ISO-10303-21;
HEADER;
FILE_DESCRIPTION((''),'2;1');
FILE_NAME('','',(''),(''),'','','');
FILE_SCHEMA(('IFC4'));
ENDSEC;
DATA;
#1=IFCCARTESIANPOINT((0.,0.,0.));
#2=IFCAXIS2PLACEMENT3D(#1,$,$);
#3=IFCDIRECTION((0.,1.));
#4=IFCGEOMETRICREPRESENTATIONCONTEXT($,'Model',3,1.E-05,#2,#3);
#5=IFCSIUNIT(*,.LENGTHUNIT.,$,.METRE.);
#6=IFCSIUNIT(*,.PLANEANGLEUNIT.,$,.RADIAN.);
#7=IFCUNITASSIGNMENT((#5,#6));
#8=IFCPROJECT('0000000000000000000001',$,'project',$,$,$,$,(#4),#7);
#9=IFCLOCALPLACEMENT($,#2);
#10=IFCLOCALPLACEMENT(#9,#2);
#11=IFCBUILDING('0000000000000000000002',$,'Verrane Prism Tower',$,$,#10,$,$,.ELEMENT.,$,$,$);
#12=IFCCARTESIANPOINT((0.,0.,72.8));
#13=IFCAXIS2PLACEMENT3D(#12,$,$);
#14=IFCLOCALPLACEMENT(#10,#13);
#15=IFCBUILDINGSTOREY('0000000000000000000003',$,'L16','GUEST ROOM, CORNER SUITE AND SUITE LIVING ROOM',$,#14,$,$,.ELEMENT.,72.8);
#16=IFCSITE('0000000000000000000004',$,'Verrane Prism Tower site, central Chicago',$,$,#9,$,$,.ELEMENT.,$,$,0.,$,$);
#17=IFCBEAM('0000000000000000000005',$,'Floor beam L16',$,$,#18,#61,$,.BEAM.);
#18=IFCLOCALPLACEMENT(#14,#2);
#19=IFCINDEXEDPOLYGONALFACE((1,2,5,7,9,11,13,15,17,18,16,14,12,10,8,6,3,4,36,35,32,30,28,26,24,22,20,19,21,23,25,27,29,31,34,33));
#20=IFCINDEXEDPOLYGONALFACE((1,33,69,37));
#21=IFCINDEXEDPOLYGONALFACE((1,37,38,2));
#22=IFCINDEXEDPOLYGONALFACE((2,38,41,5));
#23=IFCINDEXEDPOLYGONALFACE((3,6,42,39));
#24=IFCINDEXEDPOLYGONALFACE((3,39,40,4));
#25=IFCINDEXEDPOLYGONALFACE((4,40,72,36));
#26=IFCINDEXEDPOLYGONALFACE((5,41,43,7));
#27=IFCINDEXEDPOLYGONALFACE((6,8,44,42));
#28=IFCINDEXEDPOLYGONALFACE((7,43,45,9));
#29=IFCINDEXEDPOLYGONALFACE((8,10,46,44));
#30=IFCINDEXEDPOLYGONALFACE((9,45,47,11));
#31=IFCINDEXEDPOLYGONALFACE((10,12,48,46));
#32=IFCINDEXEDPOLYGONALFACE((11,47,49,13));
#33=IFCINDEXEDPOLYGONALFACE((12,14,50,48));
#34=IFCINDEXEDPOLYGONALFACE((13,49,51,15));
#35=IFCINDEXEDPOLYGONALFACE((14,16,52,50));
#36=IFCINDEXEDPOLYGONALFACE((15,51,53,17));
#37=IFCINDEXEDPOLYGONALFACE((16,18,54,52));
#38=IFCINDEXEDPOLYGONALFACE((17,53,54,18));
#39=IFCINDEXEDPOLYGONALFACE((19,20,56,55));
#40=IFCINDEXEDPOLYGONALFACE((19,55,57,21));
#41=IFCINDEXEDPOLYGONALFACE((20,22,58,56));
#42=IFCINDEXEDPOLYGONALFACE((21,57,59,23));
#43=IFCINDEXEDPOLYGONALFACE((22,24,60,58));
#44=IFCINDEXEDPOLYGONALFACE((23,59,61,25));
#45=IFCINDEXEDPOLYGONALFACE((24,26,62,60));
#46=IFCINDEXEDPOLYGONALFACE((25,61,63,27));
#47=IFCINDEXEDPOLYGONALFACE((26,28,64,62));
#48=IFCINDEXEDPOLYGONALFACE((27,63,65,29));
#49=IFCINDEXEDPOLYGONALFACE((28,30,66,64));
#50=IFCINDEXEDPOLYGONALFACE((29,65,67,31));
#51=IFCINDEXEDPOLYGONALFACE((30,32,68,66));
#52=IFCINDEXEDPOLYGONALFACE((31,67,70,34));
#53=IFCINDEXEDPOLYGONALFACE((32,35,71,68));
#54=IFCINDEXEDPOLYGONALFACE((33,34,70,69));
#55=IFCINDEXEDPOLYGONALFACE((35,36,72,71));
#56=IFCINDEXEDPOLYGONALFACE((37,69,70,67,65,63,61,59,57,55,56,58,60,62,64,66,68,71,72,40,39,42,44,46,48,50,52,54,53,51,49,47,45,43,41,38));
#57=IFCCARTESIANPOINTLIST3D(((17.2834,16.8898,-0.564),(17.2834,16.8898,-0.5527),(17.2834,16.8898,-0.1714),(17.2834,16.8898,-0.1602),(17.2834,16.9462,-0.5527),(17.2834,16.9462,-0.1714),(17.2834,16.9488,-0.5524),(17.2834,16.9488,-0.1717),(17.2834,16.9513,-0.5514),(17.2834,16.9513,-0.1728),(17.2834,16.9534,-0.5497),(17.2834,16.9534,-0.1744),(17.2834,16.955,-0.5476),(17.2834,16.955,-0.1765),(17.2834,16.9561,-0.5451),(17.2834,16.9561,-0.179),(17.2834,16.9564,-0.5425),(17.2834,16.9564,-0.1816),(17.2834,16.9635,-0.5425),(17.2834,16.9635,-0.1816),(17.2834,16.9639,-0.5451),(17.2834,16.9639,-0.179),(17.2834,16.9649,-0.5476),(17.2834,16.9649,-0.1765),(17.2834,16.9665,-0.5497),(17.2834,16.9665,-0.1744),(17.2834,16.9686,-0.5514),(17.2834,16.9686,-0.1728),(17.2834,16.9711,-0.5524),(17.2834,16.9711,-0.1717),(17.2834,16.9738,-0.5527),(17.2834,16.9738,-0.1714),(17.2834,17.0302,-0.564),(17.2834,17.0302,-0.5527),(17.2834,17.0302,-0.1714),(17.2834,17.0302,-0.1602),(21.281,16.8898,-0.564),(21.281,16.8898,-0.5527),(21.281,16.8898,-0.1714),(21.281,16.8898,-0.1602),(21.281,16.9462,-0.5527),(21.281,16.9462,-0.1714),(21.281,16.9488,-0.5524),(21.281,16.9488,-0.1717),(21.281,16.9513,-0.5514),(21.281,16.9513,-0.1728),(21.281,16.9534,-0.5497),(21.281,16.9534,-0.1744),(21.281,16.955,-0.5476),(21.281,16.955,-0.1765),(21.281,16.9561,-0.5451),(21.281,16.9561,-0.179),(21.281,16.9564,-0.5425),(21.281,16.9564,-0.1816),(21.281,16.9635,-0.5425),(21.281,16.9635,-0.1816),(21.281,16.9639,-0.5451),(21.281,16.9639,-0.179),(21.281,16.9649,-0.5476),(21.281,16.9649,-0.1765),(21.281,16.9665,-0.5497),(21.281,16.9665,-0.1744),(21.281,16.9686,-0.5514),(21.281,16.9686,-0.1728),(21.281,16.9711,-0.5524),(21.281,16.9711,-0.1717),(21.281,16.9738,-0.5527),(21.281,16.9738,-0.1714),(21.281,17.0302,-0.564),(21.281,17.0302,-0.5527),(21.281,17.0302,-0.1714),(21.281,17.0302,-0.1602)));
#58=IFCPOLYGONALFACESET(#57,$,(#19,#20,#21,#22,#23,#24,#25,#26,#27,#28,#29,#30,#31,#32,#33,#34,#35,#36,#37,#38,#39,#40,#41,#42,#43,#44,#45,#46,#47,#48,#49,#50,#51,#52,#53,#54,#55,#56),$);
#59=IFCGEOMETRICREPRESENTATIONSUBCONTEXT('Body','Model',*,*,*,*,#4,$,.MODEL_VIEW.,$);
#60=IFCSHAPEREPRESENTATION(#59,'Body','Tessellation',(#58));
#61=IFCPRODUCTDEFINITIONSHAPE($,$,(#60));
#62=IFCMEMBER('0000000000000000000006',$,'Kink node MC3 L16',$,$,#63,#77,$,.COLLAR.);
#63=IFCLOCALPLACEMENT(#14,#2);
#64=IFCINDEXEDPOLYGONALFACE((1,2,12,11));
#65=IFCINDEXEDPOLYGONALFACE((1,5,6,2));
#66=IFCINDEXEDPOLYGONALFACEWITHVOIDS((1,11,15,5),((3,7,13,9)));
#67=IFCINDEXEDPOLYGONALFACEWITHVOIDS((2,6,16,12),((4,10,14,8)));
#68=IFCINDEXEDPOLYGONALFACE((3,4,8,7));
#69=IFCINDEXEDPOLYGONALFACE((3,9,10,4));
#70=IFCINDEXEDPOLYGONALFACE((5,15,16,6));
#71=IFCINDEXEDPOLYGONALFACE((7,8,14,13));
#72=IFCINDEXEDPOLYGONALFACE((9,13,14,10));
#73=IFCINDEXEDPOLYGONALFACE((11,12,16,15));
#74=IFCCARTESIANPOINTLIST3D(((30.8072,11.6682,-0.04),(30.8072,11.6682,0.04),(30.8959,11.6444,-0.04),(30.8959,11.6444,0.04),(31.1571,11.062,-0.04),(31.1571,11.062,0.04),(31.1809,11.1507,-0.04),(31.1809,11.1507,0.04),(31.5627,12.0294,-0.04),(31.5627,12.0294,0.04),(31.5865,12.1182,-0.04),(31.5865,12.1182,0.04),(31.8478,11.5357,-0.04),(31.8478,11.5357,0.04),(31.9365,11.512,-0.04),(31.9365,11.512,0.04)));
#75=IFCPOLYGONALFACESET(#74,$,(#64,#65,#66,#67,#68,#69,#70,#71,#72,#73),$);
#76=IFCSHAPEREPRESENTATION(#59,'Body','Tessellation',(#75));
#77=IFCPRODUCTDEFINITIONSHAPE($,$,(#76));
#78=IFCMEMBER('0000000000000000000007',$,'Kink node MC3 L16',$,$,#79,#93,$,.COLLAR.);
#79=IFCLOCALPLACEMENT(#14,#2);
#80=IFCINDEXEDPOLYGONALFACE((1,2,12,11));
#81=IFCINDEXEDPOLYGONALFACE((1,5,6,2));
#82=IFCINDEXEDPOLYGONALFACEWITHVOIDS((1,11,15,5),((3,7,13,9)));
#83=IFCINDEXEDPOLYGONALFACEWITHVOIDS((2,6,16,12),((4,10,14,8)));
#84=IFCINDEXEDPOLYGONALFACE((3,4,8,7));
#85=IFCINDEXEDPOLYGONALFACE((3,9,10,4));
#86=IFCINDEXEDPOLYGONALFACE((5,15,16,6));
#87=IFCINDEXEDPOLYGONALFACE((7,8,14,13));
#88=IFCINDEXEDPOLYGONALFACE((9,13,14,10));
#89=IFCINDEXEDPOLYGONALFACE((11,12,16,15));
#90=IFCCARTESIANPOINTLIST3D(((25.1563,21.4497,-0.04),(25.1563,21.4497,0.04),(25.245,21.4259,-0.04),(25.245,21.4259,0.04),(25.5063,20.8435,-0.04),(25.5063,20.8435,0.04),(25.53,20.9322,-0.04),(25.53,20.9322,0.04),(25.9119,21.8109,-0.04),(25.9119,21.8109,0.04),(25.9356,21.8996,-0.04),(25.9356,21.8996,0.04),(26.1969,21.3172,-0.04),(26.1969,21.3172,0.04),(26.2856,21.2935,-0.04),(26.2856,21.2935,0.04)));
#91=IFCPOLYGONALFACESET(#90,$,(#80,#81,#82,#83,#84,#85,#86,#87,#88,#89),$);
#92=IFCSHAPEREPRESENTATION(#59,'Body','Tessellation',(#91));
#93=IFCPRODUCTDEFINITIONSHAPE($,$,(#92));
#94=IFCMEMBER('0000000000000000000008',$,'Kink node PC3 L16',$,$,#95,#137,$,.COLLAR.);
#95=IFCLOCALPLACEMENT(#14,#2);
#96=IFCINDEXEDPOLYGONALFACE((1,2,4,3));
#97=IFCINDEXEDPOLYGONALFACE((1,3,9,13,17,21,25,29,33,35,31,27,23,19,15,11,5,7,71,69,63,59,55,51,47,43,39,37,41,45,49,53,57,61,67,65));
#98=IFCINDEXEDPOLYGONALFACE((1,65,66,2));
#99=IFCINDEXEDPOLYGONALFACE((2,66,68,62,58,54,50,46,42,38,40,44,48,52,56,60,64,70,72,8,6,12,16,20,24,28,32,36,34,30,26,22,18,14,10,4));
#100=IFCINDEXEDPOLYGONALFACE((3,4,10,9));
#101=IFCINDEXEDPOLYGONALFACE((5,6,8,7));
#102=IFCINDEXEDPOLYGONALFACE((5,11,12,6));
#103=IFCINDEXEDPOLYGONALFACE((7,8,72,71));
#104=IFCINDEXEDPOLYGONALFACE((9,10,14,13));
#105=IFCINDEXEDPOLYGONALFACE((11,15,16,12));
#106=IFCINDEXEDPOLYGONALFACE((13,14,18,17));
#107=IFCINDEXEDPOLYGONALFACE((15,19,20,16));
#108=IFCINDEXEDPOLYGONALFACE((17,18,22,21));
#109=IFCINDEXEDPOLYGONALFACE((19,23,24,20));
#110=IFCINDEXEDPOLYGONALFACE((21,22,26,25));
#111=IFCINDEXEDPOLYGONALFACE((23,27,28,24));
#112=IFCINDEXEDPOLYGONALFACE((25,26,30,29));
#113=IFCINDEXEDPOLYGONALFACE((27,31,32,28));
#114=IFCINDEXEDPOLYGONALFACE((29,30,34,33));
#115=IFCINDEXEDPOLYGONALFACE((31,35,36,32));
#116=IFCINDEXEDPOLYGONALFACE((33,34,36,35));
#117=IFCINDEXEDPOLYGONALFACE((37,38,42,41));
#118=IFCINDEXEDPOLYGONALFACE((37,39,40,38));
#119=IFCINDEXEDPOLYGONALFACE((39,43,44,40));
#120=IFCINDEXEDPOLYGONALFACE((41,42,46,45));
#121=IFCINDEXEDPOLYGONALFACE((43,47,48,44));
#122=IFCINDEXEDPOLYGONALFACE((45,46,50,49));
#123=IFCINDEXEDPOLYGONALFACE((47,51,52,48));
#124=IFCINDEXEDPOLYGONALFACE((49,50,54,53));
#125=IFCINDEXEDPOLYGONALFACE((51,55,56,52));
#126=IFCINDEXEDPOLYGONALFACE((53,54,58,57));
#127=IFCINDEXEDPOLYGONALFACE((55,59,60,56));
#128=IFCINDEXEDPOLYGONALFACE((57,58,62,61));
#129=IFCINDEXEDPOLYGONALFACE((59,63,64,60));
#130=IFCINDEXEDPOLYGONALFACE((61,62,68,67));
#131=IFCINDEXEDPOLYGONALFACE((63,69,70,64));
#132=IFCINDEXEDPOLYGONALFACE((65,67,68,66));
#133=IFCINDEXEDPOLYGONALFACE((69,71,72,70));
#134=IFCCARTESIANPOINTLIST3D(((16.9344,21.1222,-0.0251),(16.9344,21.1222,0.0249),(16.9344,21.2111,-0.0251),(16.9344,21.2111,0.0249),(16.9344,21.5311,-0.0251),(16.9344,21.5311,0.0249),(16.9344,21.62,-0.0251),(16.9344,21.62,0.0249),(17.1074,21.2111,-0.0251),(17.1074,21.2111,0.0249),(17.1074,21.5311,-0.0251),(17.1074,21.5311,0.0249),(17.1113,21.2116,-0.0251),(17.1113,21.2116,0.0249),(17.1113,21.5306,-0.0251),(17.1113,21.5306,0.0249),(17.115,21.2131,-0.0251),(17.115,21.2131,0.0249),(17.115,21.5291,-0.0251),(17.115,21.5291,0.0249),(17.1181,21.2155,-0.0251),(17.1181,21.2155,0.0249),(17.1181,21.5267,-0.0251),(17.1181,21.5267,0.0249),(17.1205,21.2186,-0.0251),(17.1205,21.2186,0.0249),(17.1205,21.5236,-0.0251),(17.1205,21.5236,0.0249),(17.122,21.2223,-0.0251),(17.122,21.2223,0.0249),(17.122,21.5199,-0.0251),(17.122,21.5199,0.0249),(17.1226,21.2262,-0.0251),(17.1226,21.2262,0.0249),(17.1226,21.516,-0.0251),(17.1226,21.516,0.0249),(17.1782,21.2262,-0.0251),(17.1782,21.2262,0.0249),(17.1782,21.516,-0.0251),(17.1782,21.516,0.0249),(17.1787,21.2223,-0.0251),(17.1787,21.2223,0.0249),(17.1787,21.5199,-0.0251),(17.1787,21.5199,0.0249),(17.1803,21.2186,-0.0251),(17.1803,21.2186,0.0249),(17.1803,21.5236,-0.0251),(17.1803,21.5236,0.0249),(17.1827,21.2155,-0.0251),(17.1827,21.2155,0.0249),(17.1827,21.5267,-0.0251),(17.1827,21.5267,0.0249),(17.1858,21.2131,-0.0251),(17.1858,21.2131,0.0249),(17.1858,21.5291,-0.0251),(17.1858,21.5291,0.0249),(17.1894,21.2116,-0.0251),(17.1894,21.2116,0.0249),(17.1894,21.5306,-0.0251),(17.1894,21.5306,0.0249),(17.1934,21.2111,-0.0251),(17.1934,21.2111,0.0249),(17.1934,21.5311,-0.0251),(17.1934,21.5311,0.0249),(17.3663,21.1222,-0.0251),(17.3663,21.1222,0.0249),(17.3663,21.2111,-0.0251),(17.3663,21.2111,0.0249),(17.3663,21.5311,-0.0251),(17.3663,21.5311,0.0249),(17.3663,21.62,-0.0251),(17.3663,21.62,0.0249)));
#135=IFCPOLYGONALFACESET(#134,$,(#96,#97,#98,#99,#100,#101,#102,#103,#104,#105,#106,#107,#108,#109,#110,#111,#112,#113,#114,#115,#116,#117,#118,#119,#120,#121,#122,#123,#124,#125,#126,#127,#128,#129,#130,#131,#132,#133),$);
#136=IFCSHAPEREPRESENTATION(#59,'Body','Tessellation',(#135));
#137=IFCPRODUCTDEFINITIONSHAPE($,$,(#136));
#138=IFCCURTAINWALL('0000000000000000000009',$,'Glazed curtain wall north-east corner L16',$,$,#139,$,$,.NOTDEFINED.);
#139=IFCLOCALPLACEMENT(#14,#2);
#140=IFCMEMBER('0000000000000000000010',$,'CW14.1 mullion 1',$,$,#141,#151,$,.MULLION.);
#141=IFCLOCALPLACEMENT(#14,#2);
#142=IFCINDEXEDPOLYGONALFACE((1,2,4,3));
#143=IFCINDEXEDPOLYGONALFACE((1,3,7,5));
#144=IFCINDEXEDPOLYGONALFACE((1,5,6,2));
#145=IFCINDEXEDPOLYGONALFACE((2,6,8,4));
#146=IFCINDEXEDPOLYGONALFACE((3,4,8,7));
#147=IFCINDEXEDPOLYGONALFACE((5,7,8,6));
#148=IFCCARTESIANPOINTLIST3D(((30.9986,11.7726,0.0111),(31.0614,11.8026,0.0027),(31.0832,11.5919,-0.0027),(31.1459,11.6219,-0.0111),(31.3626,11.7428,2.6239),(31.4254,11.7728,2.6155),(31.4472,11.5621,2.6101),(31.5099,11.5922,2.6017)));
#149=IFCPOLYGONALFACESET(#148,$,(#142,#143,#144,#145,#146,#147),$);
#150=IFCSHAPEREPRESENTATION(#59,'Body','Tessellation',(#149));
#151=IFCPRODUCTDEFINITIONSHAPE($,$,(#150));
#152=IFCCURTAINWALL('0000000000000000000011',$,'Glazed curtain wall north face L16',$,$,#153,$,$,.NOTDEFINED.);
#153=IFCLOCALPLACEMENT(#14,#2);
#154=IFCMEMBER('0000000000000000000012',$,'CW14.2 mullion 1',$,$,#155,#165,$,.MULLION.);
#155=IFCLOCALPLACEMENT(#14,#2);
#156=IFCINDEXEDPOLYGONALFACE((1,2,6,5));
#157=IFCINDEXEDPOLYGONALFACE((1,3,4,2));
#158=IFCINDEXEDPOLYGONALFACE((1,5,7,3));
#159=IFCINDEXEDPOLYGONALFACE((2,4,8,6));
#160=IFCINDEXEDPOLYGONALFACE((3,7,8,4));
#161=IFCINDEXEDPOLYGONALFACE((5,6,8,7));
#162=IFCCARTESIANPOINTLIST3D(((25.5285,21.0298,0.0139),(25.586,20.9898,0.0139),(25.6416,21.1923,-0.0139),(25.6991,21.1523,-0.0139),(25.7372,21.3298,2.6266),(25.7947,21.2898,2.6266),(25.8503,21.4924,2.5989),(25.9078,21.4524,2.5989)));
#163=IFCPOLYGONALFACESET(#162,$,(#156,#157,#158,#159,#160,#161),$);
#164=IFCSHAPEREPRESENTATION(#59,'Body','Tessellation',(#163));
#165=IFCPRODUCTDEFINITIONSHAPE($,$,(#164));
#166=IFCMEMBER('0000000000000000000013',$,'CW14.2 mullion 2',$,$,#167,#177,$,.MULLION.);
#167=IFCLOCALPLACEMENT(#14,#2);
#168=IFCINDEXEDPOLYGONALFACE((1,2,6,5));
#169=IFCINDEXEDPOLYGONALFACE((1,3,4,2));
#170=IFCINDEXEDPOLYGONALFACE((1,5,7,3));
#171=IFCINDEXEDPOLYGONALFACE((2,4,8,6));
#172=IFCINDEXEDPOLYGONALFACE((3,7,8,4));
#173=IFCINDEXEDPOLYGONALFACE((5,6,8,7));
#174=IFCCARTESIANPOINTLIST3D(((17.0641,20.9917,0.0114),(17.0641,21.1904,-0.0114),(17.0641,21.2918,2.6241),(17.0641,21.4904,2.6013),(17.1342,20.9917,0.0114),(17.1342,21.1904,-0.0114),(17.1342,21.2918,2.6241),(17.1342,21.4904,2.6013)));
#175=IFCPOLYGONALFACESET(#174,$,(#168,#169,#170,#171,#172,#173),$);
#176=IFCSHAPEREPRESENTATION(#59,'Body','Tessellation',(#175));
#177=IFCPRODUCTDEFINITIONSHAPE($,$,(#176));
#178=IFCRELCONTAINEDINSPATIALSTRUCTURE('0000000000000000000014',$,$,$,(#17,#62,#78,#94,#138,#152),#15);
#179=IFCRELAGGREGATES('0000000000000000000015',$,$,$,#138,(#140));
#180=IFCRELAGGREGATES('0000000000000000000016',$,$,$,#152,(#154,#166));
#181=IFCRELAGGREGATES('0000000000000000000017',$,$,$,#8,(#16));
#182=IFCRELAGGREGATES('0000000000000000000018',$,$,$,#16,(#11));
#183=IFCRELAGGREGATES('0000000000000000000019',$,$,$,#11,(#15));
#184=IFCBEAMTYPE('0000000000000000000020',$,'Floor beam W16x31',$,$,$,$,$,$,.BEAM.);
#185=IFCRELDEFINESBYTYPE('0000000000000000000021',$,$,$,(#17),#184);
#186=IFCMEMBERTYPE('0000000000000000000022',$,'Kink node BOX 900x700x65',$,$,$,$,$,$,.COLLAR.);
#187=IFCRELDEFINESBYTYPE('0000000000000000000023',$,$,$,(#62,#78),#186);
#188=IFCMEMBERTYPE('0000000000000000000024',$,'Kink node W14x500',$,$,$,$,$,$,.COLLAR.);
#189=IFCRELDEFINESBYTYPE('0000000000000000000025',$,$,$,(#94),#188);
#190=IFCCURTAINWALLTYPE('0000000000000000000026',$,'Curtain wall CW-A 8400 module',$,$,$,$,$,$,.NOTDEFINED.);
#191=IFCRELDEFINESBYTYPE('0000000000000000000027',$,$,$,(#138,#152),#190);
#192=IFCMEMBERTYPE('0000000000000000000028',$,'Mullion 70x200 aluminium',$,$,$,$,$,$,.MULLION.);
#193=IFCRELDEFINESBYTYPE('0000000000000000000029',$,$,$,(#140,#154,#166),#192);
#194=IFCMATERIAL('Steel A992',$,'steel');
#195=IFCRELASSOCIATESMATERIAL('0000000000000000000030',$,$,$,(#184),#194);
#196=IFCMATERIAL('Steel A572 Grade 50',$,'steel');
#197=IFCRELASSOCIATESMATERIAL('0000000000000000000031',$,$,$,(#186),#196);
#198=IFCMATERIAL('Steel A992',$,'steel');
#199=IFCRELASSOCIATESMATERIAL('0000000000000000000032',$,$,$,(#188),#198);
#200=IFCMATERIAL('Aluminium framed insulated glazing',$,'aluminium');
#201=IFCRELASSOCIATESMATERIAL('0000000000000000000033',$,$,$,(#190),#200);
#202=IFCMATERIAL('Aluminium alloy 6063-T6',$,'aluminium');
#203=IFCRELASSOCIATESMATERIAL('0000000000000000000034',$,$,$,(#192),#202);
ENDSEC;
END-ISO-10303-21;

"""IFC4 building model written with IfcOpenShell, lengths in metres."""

from ifc_helpers import new_model, si_unit, direction, frame, origin, origin_2d, place, context, subcontext, project, spatial, rectangle, hollow_rectangle, i_section, extrude, material, material_profile, profile_set, type_object, element, aggregate, save


model = new_model("IFC4")

# Units and contexts
model_context = context("Model", 3, precision=1e-05, world=origin(), true_north=direction((0.0, 1.0)))
body_context = subcontext(model_context, "Body", "Model", "MODEL_VIEW")
ifc_project = project(units=[si_unit("LENGTHUNIT", "METRE"), si_unit("PLANEANGLEUNIT", "RADIAN")], contexts=[model_context])

# Site, building, storey
site_placement = place(None, origin())
site = spatial("IfcSite", under=ifc_project, at=site_placement, Name="Verrane Prism Tower site, central Chicago", CompositionType="ELEMENT", RefElevation=0.0)
building_placement = place(site_placement, origin())
building = spatial("IfcBuilding", under=site, at=building_placement, Name="Verrane Prism Tower", CompositionType="ELEMENT")
storey_placement = place(building_placement, frame((0.0, 0.0, 72.8)))
storey = spatial("IfcBuildingStorey", under=building, at=storey_placement, Name="L16", Description="GUEST ROOM, CORNER SUITE AND SUITE LIVING ROOM", CompositionType="ELEMENT", Elevation=72.8)

# Beam
ifc_material_1 = material(Name="Steel A992", Category="steel")
ifc_material_profile_1 = material_profile(ifc_material_1, i_section(OverallWidth=0.1404, OverallDepth=0.4038, WebThickness=0.0071, FlangeThickness=0.0112, FilletRadius=0.0103, at=origin_2d()), Name="W16x31")
ifc_profile_set_1 = profile_set([ifc_material_profile_1], Name="Steel A992")
beam_type_1 = type_object("IfcBeamType", Name="Floor beam W16x31", PredefinedType="BEAM", material=ifc_profile_set_1)
beam_1_placement = place(storey_placement, frame((17.2834, 16.96, -0.3621), z_axis=(1.0, 0.0, 0.0), x_axis=(0.0, 1.0, 0.0)))
element("IfcBeam", 1, at=beam_1_placement, inside=storey, type_object=beam_type_1, Name="Floor beam L16", PredefinedType="BEAM", context=body_context, shape_type="SweptSolid", body=[
    extrude(i_section(OverallWidth=0.1404, OverallDepth=0.4038, WebThickness=0.0071, FlangeThickness=0.0112, FilletRadius=0.0103, at=origin_2d()), origin(), (0.0, 0.0, 1.0), 3.9976),
])

# Members
ifc_material_2 = material(Name="Steel A572 Grade 50", Category="steel")
ifc_material_profile_2 = material_profile(ifc_material_2, hollow_rectangle(XDim=0.7, YDim=0.8999, WallThickness=0.0649, at=origin_2d()), Name="BOX 900x700x65")
ifc_profile_set_2 = profile_set([ifc_material_profile_2], Name="Steel A572 Grade 50")
member_type_1 = type_object("IfcMemberType", Name="Kink node BOX 900x700x65", PredefinedType="COLLAR", material=ifc_profile_set_2)
for number, where, z_axis, x_axis, name in (
    (2, (31.3718, 11.5901, -0.04), (0.0, 0.0, 1.0), (0.5, -0.866025, 0.0), "Kink node MC3 L16"),
    (3, (25.7209, 21.3716, -0.04), (0.0, 0.0, 1.0), (0.5, -0.866025, 0.0), "Kink node MC3 L16"),
):
    element("IfcMember", number, at=place(storey_placement, frame(where, z_axis=z_axis, x_axis=x_axis)), inside=storey, type_object=member_type_1, Name=name, PredefinedType="COLLAR", context=body_context, shape_type="SweptSolid", body=[
        extrude(hollow_rectangle(XDim=0.7, YDim=0.8999, WallThickness=0.0649, at=origin_2d()), origin(), (0.0, 0.0, 1.0), 0.0801),
    ])
ifc_material_3 = material(Name="Steel A992", Category="steel")
ifc_material_profile_3 = material_profile(ifc_material_3, i_section(OverallWidth=0.4319, OverallDepth=0.4978, WebThickness=0.0557, FlangeThickness=0.0889, FilletRadius=0.0151, at=origin_2d()), Name="W14x500")
ifc_profile_set_3 = profile_set([ifc_material_profile_3], Name="Steel A992")
member_type_2 = type_object("IfcMemberType", Name="Kink node W14x500", PredefinedType="COLLAR", material=ifc_profile_set_3)
member_1_placement = place(storey_placement, frame((17.1504, 21.3711, -0.0251), z_axis=(0.0, 0.0, 1.0), x_axis=(1.0, 0.0, 0.0)))
element("IfcMember", 4, at=member_1_placement, inside=storey, type_object=member_type_2, Name="Kink node PC3 L16", PredefinedType="COLLAR", context=body_context, shape_type="SweptSolid", body=[
    extrude(i_section(OverallWidth=0.4319, OverallDepth=0.4978, WebThickness=0.0557, FlangeThickness=0.0889, FilletRadius=0.0151, at=origin_2d()), origin(), (0.0, 0.0, 1.0), 0.05),
])

# Curtain wall, member
ifc_material_4 = material(Name="Aluminium framed insulated glazing", Category="aluminium")
curtain_wall_type = type_object("IfcCurtainWallType", Name="Curtain wall CW-A 8400 module", PredefinedType="NOTDEFINED", material=ifc_material_4)
curtain_wall_1_placement = place(storey_placement, origin())
curtain_wall_1 = element("IfcCurtainWall", 5, at=curtain_wall_1_placement, inside=storey, type_object=curtain_wall_type, Name="Glazed curtain wall north-east corner L16", PredefinedType="NOTDEFINED")
ifc_material_5 = material(Name="Aluminium alloy 6063-T6", Category="aluminium")
ifc_material_profile_4 = material_profile(ifc_material_5, rectangle(XDim=0.2, YDim=0.0701, at=origin_2d()), Name="Mullion 70x200 aluminium")
ifc_profile_set_4 = profile_set([ifc_material_profile_4], Name="Aluminium alloy 6063-T6")
member_type_3 = type_object("IfcMemberType", Name="Mullion 70x200 aluminium", PredefinedType="MULLION", material=ifc_profile_set_4)
member_2_placement = place(storey_placement, frame((31.0723, 11.6973, 0.0), z_axis=(0.137978, -0.01129, 0.990371), x_axis=(0.422907, -0.903526, -0.069219)))
member_2 = element("IfcMember", 6, at=member_2_placement, type_object=member_type_3, Name="CW14.1 mullion 1", PredefinedType="MULLION", context=body_context, shape_type="SweptSolid", body=[
    extrude(rectangle(XDim=0.2, YDim=0.0701, at=origin_2d()), origin(), (0.0, 0.0, 1.0), 2.6382),
])

# Curtain wall, members
curtain_wall_2_placement = place(storey_placement, origin())
curtain_wall_2 = element("IfcCurtainWall", 7, at=curtain_wall_2_placement, inside=storey, type_object=curtain_wall_type, Name="Glazed curtain wall north face L16", PredefinedType="NOTDEFINED")
member_3_placement = place(storey_placement, frame((25.6138, 21.0911, 0.0), z_axis=(0.079121, 0.113731, 0.990356), x_axis=(0.565577, 0.812975, -0.138546)))
member_3 = element("IfcMember", 8, at=member_3_placement, type_object=member_type_3, Name="CW14.2 mullion 1", PredefinedType="MULLION", context=body_context, shape_type="SweptSolid", body=[
    extrude(rectangle(XDim=0.2, YDim=0.0701, at=origin_2d()), origin(), (0.0, 0.0, 1.0), 2.6382),
])
member_4_placement = place(storey_placement, frame((17.0991, 21.0911, 0.0), z_axis=(0.0, 0.114089, 0.993471), x_axis=(0.0, 0.993471, -0.114089)))
member_4 = element("IfcMember", 9, at=member_4_placement, type_object=member_type_3, Name="CW14.2 mullion 2", PredefinedType="MULLION", context=body_context, shape_type="SweptSolid", body=[
    extrude(rectangle(XDim=0.2, YDim=0.0701, at=origin_2d()), origin(), (0.0, 0.0, 1.0), 2.6299),
])

aggregate(curtain_wall_1, [member_2])
aggregate(curtain_wall_2, [member_3, member_4])

save(model, "model.ifc")
